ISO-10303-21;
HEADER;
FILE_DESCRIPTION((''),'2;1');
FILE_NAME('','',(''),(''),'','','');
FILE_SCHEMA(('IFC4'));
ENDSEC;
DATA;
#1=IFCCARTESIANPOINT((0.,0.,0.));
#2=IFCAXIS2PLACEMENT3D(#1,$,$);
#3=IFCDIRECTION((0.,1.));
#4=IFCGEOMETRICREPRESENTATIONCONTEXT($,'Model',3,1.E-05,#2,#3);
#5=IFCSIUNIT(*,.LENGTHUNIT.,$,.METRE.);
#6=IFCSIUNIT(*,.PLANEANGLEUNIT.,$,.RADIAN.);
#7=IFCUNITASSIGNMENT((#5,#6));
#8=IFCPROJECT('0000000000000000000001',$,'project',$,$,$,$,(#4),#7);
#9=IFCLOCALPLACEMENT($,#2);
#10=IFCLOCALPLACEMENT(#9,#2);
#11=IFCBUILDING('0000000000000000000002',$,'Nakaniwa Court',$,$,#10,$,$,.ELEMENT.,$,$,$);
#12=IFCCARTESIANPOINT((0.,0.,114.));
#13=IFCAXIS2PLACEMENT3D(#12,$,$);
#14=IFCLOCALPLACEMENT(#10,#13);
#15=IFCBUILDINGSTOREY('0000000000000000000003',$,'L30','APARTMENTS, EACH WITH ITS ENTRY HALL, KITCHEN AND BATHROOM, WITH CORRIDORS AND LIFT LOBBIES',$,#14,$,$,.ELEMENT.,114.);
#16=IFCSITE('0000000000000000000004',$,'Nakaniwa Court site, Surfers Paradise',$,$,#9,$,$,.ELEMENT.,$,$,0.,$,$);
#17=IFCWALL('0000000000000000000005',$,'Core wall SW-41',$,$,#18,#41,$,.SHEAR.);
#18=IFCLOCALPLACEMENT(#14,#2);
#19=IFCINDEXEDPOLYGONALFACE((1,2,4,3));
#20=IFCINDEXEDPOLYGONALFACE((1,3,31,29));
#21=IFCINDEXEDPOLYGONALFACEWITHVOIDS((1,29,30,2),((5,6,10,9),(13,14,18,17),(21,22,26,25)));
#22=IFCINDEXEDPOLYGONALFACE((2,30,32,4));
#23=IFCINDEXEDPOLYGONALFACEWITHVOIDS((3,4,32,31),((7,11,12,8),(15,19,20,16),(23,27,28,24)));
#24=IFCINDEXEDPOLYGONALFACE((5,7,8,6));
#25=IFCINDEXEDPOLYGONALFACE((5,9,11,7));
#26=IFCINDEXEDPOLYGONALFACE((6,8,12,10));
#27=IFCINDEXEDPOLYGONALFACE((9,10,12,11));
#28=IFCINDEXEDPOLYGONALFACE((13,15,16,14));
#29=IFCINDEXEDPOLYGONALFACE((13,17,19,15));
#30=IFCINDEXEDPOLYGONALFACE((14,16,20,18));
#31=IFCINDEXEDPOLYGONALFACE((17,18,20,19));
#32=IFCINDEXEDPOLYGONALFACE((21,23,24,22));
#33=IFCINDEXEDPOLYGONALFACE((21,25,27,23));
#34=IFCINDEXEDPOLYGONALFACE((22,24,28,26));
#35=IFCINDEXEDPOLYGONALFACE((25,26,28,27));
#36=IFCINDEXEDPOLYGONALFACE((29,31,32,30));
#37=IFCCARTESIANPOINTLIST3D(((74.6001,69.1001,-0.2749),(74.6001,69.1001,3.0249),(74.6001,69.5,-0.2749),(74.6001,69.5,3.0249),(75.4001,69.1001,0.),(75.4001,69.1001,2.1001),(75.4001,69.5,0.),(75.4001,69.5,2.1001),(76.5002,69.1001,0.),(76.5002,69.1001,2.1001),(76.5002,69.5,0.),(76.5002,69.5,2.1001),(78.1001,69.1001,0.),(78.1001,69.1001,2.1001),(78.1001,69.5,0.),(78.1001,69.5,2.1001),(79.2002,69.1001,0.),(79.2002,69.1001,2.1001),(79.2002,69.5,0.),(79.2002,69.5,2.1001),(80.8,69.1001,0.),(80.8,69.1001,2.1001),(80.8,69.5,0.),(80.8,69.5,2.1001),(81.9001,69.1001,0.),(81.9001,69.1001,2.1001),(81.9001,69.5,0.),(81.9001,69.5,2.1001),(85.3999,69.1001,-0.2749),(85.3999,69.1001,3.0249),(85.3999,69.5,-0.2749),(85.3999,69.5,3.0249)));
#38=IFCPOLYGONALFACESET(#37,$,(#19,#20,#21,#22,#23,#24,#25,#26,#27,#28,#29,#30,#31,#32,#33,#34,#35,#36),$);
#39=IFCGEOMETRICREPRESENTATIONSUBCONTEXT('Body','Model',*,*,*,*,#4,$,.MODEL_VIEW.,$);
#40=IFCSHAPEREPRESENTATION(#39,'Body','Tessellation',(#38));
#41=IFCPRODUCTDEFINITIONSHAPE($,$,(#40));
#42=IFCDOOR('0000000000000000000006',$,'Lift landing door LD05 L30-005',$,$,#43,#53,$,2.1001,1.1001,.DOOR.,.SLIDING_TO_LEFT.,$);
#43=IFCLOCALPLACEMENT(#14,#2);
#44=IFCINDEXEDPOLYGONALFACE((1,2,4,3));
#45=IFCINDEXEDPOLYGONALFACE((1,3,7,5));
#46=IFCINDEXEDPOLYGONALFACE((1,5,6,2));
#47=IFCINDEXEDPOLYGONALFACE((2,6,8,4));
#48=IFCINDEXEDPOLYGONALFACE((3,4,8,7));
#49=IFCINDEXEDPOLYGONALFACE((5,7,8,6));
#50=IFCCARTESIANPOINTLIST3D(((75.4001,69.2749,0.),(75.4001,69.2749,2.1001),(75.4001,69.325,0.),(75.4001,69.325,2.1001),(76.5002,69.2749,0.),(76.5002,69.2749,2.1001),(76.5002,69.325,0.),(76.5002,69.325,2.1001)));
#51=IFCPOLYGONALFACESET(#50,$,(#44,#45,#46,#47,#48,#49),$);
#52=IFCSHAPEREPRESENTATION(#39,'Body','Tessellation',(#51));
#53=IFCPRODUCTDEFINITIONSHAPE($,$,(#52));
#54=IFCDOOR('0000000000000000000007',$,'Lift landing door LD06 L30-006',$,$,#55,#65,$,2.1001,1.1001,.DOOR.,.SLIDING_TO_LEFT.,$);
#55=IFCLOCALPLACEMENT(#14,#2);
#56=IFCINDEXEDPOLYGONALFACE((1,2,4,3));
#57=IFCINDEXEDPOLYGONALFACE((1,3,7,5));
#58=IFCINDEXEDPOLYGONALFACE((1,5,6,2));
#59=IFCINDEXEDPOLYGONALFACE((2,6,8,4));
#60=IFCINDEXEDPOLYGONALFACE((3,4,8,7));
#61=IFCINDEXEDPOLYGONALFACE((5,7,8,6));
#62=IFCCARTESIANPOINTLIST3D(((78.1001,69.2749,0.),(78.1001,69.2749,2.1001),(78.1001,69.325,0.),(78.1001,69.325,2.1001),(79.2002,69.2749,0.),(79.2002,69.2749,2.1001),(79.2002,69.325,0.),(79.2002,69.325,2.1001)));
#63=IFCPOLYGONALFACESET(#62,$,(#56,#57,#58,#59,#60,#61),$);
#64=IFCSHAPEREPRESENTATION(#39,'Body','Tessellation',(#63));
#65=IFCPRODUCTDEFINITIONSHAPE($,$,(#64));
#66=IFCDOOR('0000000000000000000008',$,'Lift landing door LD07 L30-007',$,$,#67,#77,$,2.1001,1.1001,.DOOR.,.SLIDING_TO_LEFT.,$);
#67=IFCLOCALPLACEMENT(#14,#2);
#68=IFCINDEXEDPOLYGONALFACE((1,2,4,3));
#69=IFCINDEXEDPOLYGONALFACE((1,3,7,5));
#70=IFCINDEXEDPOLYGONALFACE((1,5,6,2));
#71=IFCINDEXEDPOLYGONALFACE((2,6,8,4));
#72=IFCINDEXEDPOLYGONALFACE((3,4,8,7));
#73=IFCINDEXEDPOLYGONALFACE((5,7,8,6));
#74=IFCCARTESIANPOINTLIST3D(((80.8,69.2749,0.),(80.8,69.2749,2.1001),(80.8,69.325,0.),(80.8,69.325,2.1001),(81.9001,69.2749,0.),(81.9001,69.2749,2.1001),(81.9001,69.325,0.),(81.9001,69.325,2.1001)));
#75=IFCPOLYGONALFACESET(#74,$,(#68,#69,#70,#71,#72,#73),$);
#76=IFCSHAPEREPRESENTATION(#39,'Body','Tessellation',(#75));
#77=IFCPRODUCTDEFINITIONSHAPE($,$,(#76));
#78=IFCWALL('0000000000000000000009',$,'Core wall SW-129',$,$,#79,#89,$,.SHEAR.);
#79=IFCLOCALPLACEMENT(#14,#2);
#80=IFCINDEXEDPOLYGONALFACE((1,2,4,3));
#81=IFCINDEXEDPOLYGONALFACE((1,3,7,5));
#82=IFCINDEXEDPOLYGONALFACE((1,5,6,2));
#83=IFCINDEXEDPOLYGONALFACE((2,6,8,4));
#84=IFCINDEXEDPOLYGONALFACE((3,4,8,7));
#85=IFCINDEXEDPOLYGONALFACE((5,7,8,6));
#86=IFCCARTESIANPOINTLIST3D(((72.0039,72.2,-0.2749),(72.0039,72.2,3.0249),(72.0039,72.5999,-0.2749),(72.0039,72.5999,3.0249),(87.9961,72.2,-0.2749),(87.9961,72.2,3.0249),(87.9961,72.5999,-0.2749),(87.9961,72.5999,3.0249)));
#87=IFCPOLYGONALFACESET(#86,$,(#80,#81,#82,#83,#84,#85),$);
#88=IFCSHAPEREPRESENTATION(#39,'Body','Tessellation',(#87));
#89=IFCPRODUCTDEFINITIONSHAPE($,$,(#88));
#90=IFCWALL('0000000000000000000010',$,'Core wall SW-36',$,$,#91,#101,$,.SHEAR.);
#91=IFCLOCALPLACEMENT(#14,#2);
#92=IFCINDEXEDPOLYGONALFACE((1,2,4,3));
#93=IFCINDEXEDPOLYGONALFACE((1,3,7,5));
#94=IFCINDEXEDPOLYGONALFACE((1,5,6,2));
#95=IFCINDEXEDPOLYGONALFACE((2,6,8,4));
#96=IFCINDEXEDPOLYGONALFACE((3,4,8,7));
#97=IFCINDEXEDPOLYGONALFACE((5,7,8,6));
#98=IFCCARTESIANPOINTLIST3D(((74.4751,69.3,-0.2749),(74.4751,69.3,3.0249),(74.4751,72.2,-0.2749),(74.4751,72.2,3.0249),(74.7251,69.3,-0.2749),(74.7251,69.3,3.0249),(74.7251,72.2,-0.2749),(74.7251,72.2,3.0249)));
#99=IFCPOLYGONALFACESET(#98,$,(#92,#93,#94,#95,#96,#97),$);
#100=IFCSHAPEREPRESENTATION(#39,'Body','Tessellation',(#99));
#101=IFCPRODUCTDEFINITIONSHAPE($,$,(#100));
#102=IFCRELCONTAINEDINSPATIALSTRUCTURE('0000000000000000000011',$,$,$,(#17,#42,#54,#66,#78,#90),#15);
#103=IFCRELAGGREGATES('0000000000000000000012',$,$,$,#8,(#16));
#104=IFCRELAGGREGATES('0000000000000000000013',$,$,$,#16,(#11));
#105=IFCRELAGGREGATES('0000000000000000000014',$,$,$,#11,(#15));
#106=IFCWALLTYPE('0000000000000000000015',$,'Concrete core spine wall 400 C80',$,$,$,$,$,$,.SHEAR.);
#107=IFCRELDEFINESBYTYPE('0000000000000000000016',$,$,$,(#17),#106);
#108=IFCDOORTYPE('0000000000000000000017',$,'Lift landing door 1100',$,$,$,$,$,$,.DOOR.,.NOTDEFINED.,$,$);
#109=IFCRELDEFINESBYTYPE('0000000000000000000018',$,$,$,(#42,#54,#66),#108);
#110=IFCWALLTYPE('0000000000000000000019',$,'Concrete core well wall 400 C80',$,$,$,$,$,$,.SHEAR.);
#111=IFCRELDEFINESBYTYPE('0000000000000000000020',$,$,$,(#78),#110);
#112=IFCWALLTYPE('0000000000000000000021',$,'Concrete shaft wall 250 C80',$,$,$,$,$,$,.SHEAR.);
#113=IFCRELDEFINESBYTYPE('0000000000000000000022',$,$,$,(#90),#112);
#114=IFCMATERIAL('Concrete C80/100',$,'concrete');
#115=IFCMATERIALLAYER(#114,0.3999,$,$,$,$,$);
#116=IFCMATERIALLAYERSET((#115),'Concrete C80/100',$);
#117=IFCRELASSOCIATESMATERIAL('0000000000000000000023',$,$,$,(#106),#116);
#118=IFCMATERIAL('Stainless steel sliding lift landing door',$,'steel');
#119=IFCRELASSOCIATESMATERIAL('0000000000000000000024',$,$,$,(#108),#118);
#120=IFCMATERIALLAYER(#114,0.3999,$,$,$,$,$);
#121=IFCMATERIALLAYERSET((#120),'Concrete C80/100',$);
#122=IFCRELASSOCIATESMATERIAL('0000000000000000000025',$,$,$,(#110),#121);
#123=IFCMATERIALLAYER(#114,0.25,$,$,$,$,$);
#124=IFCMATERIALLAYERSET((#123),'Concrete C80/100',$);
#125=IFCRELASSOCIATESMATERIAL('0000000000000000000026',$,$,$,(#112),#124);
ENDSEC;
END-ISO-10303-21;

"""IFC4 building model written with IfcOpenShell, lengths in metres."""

from ifc_helpers import new_model, si_unit, direction, frame, frame_2d, origin, place, context, subcontext, project, spatial, rectangle, extrude, material, layer, layer_set, type_object, element, fill, save


model = new_model("IFC4")

# Units and contexts
model_context = context("Model", 3, precision=1e-05, world=origin(), true_north=direction((0.0, 1.0)))
body_context = subcontext(model_context, "Body", "Model", "MODEL_VIEW")
ifc_project = project(units=[si_unit("LENGTHUNIT", "METRE"), si_unit("PLANEANGLEUNIT", "RADIAN")], contexts=[model_context])

# Site, building, storey
site_placement = place(None, origin())
site = spatial("IfcSite", under=ifc_project, at=site_placement, Name="Nakaniwa Court site, Surfers Paradise", CompositionType="ELEMENT", RefElevation=0.0)
building_placement = place(site_placement, origin())
building = spatial("IfcBuilding", under=site, at=building_placement, Name="Nakaniwa Court", CompositionType="ELEMENT")
storey_placement = place(building_placement, frame((0.0, 0.0, 114.0)))
storey = spatial("IfcBuildingStorey", under=building, at=storey_placement, Name="L30", Description="APARTMENTS, EACH WITH ITS ENTRY HALL, KITCHEN AND BATHROOM, WITH CORRIDORS AND LIFT LOBBIES", CompositionType="ELEMENT", Elevation=114.0)

# Shared definitions
ifc_material_1 = material(Name="Concrete C80/100", Category="concrete")

# Wall, openings, doors
ifc_layer_1 = layer(ifc_material_1, 0.3999)
ifc_layer_set_1 = layer_set([ifc_layer_1], Name="Concrete C80/100")
wall_type_1 = type_object("IfcWallType", Name="Concrete core spine wall 400 C80", PredefinedType="SHEAR", material=ifc_layer_set_1)
wall_1_placement = place(storey_placement, frame((74.6001, 69.3, -0.2749), z_axis=(0.0, 0.0, 1.0), x_axis=(1.0, 0.0, 0.0)))
wall_1 = element("IfcWall", 1, at=wall_1_placement, inside=storey, type_object=wall_type_1, Name="Core wall SW-41", PredefinedType="SHEAR", context=body_context, shape_type="SweptSolid", body=[
    extrude(rectangle(XDim=10.7998, YDim=0.3999, at=frame_2d((5.3999, 0.0))), origin(), (0.0, 0.0, 1.0), 3.2998),
])
opening_1_placement = place(wall_1_placement, frame((0.8, 0.0, 0.2749)))
opening_1 = element("IfcOpeningElement", 2, at=opening_1_placement, cuts=wall_1, PredefinedType="OPENING", context=body_context, shape_type="SweptSolid", body=[
    extrude(rectangle(XDim=1.1001, YDim=2.1001, at=frame_2d((0.55, 1.05))), frame((0.0, 0.21, 0.0), z_axis=(0.0, -1.0, 0.0), x_axis=(1.0, 0.0, 0.0)), (0.0, 0.0, 1.0), 0.4199),
])
opening_2_placement = place(wall_1_placement, frame((3.5, 0.0, 0.2749)))
opening_2 = element("IfcOpeningElement", 3, at=opening_2_placement, cuts=wall_1, PredefinedType="OPENING", context=body_context, shape_type="SweptSolid", body=[
    extrude(rectangle(XDim=1.1001, YDim=2.1001, at=frame_2d((0.55, 1.05))), frame((0.0, 0.21, 0.0), z_axis=(0.0, -1.0, 0.0), x_axis=(1.0, 0.0, 0.0)), (0.0, 0.0, 1.0), 0.4199),
])
opening_3_placement = place(wall_1_placement, frame((6.2, 0.0, 0.2749)))
opening_3 = element("IfcOpeningElement", 4, at=opening_3_placement, cuts=wall_1, PredefinedType="OPENING", context=body_context, shape_type="SweptSolid", body=[
    extrude(rectangle(XDim=1.1001, YDim=2.1001, at=frame_2d((0.55, 1.05))), frame((0.0, 0.21, 0.0), z_axis=(0.0, -1.0, 0.0), x_axis=(1.0, 0.0, 0.0)), (0.0, 0.0, 1.0), 0.4199),
])
ifc_material_2 = material(Name="Stainless steel sliding lift landing door", Category="steel")
door_type_1 = type_object("IfcDoorType", Name="Lift landing door 1100", OperationType="NOTDEFINED", PredefinedType="DOOR", material=ifc_material_2)
door_1_placement = place(opening_1_placement, origin())
door_1 = element("IfcDoor", 5, at=door_1_placement, inside=storey, type_object=door_type_1, Name="Lift landing door LD05 L30-005", OperationType="SLIDING_TO_LEFT", OverallHeight=2.1001, OverallWidth=1.1001, PredefinedType="DOOR", context=body_context, shape_type="SweptSolid", body=[
    extrude(rectangle(XDim=1.1001, YDim=2.1001, at=frame_2d((0.55, 1.05))), frame((0.0, 0.0249, 0.0), z_axis=(0.0, -1.0, 0.0), x_axis=(1.0, 0.0, 0.0)), (0.0, 0.0, 1.0), 0.05),
])
fill(opening_1, door_1)
door_2_placement = place(opening_2_placement, origin())
door_2 = element("IfcDoor", 6, at=door_2_placement, inside=storey, type_object=door_type_1, Name="Lift landing door LD06 L30-006", OperationType="SLIDING_TO_LEFT", OverallHeight=2.1001, OverallWidth=1.1001, PredefinedType="DOOR", context=body_context, shape_type="SweptSolid", body=[
    extrude(rectangle(XDim=1.1001, YDim=2.1001, at=frame_2d((0.55, 1.05))), frame((0.0, 0.0249, 0.0), z_axis=(0.0, -1.0, 0.0), x_axis=(1.0, 0.0, 0.0)), (0.0, 0.0, 1.0), 0.05),
])
fill(opening_2, door_2)
door_3_placement = place(opening_3_placement, origin())
door_3 = element("IfcDoor", 7, at=door_3_placement, inside=storey, type_object=door_type_1, Name="Lift landing door LD07 L30-007", OperationType="SLIDING_TO_LEFT", OverallHeight=2.1001, OverallWidth=1.1001, PredefinedType="DOOR", context=body_context, shape_type="SweptSolid", body=[
    extrude(rectangle(XDim=1.1001, YDim=2.1001, at=frame_2d((0.55, 1.05))), frame((0.0, 0.0249, 0.0), z_axis=(0.0, -1.0, 0.0), x_axis=(1.0, 0.0, 0.0)), (0.0, 0.0, 1.0), 0.05),
])
fill(opening_3, door_3)

# Walls
ifc_layer_2 = layer(ifc_material_1, 0.3999)
ifc_layer_set_2 = layer_set([ifc_layer_2], Name="Concrete C80/100")
wall_type_2 = type_object("IfcWallType", Name="Concrete core well wall 400 C80", PredefinedType="SHEAR", material=ifc_layer_set_2)
wall_2_placement = place(storey_placement, frame((72.0039, 72.3999, -0.2749), z_axis=(0.0, 0.0, 1.0), x_axis=(1.0, 0.0, 0.0)))
element("IfcWall", 8, at=wall_2_placement, inside=storey, type_object=wall_type_2, Name="Core wall SW-129", PredefinedType="SHEAR", context=body_context, shape_type="SweptSolid", body=[
    extrude(rectangle(XDim=15.9922, YDim=0.3999, at=frame_2d((7.9961, 0.0))), origin(), (0.0, 0.0, 1.0), 3.2998),
])
ifc_layer_3 = layer(ifc_material_1, 0.25)
ifc_layer_set_3 = layer_set([ifc_layer_3], Name="Concrete C80/100")
wall_type_3 = type_object("IfcWallType", Name="Concrete shaft wall 250 C80", PredefinedType="SHEAR", material=ifc_layer_set_3)
wall_3_placement = place(storey_placement, frame((74.6001, 69.3, -0.2749), z_axis=(0.0, 0.0, 1.0), x_axis=(0.0, 1.0, 0.0)))
element("IfcWall", 9, at=wall_3_placement, inside=storey, type_object=wall_type_3, Name="Core wall SW-36", PredefinedType="SHEAR", context=body_context, shape_type="SweptSolid", body=[
    extrude(rectangle(XDim=2.8999, YDim=0.25, at=frame_2d((1.45, 0.0))), origin(), (0.0, 0.0, 1.0), 3.2998),
])

save(model, "model.ifc")
